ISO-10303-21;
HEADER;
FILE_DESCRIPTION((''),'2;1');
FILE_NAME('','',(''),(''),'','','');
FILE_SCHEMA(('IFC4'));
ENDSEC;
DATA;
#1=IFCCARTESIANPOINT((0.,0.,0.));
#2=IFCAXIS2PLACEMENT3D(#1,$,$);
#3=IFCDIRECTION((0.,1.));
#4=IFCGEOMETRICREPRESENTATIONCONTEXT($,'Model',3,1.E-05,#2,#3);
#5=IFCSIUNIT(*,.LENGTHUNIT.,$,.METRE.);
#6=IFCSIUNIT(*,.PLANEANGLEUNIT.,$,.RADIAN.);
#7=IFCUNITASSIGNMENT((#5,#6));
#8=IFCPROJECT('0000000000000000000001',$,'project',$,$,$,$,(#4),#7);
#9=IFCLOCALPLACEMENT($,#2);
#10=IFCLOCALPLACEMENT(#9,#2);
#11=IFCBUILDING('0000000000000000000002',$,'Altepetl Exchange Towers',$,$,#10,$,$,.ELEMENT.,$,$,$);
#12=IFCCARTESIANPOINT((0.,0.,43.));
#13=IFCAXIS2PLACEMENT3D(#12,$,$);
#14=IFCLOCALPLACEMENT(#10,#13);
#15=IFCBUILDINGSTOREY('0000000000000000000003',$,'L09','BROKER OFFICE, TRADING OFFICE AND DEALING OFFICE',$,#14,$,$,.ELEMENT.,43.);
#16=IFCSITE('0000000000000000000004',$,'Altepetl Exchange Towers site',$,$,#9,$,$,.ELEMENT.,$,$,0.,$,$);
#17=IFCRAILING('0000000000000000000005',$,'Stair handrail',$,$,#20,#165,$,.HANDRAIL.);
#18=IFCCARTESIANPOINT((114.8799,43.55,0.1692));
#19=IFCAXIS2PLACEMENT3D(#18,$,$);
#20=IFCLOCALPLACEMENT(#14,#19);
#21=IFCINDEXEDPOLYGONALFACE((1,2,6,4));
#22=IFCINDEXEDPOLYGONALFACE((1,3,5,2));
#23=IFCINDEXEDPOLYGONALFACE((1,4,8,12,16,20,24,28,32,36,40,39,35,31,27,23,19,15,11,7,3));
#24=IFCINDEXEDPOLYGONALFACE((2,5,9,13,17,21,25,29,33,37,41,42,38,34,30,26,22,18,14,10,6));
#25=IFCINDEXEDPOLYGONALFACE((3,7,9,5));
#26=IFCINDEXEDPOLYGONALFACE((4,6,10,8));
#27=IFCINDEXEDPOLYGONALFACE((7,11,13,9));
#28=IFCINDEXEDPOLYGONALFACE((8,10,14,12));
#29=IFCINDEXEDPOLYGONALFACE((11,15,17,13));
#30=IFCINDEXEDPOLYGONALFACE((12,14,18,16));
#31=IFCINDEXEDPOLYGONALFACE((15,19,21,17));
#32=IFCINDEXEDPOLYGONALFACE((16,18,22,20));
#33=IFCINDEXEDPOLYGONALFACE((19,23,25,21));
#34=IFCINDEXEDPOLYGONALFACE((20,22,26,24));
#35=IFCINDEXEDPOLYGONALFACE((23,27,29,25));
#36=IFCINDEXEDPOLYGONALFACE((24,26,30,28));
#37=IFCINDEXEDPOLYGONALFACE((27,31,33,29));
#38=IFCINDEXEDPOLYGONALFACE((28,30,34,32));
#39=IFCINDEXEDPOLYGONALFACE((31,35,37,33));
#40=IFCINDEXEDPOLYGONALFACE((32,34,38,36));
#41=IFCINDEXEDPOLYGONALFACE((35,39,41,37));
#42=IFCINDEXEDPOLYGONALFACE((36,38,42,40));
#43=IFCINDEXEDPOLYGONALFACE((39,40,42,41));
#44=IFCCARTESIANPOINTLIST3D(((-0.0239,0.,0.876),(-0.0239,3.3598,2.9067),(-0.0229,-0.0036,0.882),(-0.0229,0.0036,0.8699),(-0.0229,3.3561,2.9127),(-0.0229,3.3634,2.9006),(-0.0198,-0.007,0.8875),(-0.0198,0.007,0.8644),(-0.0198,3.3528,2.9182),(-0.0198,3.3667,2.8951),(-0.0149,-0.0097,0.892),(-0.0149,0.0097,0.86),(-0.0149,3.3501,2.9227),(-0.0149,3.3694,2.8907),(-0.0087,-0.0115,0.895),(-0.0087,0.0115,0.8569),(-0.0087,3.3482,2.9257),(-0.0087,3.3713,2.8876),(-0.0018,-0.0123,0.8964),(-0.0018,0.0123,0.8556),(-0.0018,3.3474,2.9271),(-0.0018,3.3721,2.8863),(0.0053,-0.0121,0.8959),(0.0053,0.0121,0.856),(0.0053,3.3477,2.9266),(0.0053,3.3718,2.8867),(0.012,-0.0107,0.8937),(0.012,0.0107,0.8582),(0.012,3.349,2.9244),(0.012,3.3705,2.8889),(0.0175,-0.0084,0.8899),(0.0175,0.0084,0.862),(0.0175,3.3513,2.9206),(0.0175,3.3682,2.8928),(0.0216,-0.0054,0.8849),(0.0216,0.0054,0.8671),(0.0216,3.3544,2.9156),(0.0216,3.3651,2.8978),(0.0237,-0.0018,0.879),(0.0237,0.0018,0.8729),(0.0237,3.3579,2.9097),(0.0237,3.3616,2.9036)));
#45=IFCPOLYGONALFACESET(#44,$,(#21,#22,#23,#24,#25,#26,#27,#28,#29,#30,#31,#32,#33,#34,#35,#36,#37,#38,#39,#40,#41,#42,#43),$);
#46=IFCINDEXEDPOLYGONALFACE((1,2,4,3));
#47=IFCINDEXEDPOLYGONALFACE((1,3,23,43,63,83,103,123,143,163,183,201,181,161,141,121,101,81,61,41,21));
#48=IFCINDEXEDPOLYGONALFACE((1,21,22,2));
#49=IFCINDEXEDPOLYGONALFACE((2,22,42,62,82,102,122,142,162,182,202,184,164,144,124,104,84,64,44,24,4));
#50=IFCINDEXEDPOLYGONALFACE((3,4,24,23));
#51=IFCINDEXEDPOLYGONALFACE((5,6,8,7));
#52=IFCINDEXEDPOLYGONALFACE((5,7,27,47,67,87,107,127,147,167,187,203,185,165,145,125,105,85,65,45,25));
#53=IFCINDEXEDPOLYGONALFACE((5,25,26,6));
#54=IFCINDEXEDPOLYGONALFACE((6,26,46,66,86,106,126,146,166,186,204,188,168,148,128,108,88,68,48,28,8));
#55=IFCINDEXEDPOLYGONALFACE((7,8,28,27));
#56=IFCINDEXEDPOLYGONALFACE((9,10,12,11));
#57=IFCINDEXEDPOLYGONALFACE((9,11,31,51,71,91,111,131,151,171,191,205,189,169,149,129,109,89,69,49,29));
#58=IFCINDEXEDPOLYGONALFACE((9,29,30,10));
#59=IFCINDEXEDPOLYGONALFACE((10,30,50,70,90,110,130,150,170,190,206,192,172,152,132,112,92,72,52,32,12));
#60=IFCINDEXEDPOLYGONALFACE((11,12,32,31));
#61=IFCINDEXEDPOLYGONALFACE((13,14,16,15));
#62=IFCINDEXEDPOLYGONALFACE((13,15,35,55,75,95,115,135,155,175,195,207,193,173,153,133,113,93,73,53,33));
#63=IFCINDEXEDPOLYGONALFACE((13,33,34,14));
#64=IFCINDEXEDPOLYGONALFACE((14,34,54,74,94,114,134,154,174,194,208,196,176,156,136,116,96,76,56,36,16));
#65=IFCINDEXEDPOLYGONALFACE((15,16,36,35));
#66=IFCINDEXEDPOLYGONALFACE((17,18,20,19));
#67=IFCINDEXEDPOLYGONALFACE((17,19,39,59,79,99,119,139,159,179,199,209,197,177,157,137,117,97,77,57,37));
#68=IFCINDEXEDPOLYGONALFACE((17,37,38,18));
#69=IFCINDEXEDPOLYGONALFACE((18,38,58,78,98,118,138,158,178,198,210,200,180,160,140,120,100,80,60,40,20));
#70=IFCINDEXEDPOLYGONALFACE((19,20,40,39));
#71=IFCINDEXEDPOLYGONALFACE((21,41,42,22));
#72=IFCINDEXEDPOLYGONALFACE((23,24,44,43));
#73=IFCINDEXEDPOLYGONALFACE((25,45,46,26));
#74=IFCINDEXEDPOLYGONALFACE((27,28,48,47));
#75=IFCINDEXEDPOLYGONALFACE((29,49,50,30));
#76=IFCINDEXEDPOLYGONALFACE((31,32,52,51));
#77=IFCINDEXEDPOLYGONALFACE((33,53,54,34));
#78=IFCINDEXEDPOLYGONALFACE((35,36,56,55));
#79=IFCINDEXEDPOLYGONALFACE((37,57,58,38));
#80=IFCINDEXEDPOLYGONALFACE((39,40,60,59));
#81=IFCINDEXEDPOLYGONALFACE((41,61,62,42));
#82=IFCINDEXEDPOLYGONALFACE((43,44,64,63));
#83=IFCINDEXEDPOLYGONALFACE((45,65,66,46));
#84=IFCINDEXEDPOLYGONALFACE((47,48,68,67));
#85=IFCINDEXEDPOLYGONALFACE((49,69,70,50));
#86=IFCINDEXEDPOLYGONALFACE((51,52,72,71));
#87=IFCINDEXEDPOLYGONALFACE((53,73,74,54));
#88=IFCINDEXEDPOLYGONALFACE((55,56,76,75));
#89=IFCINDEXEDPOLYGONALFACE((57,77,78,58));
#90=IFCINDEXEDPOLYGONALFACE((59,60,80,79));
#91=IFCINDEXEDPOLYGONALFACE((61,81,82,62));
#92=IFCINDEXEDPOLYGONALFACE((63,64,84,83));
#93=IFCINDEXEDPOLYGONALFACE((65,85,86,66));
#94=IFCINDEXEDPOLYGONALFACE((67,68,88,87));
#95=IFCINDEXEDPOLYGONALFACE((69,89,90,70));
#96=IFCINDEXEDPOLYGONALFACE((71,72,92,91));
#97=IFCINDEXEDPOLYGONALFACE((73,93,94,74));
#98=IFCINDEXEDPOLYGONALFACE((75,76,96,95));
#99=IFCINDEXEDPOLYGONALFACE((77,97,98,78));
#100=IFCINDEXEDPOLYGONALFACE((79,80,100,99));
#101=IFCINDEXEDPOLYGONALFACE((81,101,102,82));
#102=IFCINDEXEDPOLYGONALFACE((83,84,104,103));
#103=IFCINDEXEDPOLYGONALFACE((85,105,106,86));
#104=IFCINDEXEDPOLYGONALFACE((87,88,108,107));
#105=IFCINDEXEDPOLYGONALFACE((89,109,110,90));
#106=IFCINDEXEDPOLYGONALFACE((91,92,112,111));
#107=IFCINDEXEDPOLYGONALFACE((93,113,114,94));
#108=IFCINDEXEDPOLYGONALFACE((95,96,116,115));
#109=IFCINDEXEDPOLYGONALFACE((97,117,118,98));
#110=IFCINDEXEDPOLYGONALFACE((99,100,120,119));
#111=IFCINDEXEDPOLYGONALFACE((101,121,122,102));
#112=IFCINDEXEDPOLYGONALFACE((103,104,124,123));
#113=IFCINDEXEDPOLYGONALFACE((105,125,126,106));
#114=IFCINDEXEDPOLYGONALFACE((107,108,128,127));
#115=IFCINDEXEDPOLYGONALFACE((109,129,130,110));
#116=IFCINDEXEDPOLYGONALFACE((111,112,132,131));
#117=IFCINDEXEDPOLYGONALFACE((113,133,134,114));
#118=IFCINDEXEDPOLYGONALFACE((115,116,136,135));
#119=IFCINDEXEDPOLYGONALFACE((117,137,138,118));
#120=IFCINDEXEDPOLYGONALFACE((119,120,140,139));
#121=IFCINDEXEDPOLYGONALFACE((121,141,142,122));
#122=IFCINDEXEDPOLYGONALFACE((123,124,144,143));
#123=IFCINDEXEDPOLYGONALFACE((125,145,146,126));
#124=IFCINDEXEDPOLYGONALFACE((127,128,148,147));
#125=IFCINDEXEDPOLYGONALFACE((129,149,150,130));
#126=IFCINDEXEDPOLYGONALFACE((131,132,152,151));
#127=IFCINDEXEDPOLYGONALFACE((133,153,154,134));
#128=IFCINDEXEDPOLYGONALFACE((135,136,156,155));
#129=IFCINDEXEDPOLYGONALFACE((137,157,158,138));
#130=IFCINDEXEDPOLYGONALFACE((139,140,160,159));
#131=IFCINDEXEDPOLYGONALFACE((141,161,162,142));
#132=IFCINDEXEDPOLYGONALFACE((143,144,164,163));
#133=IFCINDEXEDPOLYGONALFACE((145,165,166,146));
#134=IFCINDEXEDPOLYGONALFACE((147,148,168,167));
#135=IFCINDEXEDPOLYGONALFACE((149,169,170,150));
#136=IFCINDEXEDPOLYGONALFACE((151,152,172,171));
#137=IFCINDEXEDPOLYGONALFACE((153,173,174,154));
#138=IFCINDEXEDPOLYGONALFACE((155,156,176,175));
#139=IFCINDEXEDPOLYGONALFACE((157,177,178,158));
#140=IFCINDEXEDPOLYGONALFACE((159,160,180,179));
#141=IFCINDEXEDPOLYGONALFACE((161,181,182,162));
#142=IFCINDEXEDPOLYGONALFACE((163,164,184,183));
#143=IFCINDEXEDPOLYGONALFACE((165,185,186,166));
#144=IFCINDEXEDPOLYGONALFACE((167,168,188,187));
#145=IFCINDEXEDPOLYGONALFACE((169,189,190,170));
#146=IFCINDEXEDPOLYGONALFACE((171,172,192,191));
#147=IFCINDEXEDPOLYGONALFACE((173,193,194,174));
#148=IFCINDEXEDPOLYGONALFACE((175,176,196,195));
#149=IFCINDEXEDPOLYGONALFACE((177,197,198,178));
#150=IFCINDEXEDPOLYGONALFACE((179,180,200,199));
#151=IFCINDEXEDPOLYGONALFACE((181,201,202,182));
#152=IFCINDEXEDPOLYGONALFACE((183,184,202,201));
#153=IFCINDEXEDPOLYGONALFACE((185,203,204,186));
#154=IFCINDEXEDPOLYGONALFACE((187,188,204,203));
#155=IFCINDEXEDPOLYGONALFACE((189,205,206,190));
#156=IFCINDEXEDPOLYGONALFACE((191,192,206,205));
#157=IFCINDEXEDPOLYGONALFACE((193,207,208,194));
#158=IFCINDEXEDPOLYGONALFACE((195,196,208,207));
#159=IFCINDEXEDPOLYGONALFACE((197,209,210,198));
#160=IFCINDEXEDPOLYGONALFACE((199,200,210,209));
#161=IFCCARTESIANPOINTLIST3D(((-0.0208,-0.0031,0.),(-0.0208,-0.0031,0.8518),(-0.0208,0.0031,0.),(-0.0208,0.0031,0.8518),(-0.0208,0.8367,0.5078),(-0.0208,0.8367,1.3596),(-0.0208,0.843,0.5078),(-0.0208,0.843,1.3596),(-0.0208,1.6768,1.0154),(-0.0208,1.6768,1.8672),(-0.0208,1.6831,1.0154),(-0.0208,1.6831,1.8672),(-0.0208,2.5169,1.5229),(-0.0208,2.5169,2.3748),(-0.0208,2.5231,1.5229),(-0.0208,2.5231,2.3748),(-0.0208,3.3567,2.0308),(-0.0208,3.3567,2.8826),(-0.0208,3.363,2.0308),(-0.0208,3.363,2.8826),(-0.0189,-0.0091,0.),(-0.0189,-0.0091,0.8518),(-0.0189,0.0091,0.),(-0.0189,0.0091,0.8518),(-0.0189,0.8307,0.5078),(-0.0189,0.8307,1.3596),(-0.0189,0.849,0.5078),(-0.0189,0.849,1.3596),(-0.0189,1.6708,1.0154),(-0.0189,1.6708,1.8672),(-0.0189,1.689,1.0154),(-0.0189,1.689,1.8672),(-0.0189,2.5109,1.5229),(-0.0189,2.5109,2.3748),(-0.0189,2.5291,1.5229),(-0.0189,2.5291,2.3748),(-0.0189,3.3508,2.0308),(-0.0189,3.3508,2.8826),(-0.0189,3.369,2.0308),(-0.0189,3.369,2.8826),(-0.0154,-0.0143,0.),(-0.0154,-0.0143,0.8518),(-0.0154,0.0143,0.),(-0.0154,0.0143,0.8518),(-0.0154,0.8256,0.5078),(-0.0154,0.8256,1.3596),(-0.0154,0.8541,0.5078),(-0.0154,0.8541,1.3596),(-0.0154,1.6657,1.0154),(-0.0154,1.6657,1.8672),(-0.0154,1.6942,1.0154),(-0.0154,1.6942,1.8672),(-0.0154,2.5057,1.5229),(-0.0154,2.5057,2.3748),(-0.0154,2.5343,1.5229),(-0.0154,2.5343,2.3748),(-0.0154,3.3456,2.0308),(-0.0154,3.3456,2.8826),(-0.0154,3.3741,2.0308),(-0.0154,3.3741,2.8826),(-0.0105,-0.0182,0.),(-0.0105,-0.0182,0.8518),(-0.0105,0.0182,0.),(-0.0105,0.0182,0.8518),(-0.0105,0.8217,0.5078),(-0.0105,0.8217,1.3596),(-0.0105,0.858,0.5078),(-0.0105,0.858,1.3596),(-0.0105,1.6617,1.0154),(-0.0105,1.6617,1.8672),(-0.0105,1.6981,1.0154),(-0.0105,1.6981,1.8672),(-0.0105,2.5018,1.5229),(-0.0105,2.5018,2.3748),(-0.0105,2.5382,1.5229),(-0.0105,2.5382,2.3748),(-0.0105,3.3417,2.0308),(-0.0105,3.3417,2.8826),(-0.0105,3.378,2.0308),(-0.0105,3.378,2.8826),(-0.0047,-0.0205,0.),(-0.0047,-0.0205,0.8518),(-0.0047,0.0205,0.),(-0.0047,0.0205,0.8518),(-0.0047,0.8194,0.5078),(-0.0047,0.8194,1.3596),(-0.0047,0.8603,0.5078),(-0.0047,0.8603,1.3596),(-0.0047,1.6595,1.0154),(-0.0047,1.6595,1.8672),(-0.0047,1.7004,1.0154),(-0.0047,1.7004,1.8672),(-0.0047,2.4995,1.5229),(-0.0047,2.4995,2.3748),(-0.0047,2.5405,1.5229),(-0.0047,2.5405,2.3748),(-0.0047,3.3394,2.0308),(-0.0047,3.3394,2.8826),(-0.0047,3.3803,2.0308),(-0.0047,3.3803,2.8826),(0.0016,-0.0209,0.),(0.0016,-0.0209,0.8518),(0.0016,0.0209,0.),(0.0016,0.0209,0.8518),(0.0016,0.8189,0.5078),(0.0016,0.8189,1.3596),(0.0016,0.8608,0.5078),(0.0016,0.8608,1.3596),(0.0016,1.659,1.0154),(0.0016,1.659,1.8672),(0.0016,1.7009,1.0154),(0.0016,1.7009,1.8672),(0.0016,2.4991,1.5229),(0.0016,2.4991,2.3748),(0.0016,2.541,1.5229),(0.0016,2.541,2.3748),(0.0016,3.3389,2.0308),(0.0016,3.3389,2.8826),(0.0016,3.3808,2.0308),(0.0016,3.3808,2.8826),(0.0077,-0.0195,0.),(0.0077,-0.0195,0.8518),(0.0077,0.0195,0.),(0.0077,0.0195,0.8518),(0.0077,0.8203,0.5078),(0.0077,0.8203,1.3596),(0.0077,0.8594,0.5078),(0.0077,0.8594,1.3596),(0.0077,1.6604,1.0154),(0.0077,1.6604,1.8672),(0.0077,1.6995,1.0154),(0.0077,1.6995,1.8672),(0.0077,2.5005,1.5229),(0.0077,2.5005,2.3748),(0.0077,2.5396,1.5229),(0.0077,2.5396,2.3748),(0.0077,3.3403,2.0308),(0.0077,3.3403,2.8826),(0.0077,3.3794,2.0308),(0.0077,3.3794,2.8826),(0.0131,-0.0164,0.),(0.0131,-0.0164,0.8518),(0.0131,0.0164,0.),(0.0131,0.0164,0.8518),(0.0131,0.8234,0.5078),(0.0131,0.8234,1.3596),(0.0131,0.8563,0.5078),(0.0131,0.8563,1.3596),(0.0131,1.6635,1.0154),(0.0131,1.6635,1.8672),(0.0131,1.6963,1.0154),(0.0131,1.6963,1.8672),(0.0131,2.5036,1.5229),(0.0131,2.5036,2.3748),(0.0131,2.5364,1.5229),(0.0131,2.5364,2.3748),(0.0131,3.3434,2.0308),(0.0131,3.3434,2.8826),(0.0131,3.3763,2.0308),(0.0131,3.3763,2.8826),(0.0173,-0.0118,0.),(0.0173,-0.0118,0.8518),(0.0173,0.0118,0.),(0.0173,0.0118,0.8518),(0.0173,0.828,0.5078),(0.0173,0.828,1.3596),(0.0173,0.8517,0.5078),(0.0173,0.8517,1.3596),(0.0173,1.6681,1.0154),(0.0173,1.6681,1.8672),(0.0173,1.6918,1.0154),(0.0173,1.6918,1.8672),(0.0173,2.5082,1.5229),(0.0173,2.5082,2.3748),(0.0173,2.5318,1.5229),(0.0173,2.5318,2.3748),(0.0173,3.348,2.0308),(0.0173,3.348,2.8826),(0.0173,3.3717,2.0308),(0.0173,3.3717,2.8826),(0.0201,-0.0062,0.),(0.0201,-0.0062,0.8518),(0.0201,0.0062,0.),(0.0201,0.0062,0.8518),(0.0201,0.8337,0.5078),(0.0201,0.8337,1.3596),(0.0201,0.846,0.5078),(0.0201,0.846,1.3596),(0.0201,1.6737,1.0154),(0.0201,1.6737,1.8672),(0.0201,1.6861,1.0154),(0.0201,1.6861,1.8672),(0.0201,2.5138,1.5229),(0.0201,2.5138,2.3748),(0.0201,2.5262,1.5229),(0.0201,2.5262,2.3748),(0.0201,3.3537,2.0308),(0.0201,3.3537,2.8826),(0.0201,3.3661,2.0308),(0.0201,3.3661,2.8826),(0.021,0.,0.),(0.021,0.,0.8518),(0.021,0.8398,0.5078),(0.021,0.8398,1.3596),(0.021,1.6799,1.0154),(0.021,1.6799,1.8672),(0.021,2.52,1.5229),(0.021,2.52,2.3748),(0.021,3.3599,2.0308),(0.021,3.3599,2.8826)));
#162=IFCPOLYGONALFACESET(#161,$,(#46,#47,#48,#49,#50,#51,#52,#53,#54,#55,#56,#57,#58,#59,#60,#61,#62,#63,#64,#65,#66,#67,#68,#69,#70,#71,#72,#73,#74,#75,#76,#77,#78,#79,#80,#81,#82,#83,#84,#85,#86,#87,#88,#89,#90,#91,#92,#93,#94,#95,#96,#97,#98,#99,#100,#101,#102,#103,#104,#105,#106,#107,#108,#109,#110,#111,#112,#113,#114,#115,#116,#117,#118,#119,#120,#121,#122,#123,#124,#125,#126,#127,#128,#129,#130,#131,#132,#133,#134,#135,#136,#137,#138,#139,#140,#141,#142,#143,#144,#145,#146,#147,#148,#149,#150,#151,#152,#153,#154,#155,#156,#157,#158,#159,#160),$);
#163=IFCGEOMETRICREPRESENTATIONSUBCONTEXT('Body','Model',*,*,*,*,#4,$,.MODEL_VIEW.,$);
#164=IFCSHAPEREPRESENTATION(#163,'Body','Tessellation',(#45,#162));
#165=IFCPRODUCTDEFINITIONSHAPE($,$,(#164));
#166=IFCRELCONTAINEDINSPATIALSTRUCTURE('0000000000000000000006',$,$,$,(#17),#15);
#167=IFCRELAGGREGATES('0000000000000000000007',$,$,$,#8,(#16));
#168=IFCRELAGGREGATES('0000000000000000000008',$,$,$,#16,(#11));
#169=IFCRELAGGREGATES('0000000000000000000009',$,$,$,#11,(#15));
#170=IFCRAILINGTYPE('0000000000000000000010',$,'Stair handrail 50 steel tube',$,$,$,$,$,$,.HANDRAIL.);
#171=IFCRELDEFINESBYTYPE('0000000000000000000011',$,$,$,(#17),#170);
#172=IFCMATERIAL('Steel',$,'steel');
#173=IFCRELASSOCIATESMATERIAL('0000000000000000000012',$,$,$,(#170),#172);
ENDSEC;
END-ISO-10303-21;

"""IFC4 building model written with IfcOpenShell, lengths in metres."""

from ifc_helpers import new_model, si_unit, direction, frame, origin, origin_2d, place, context, subcontext, project, spatial, circle, extrude, source, transform, mapped, material, type_object, element, save


model = new_model("IFC4")

# Units and contexts
model_context = context("Model", 3, precision=1e-05, world=origin(), true_north=direction((0.0, 1.0)))
body_context = subcontext(model_context, "Body", "Model", "MODEL_VIEW")
ifc_project = project(units=[si_unit("LENGTHUNIT", "METRE"), si_unit("PLANEANGLEUNIT", "RADIAN")], contexts=[model_context])

# Site, building, storey
site_placement = place(None, origin())
site = spatial("IfcSite", under=ifc_project, at=site_placement, Name="Altepetl Exchange Towers site", CompositionType="ELEMENT", RefElevation=0.0)
building_placement = place(site_placement, origin())
building = spatial("IfcBuilding", under=site, at=building_placement, Name="Altepetl Exchange Towers", CompositionType="ELEMENT")
storey_placement = place(building_placement, frame((0.0, 0.0, 43.0)))
storey = spatial("IfcBuildingStorey", under=building, at=storey_placement, Name="L09", Description="BROKER OFFICE, TRADING OFFICE AND DEALING OFFICE", CompositionType="ELEMENT", Elevation=43.0)

# Railing
ifc_material_1 = material(Name="Steel", Category="steel")
railing_type = type_object("IfcRailingType", Name="Stair handrail 50 steel tube", PredefinedType="HANDRAIL", material=ifc_material_1)
shared_shape = source(origin(), body_context, "Body", "SweptSolid", [
    extrude(circle(Radius=0.021, at=origin_2d()), origin(), (0.0, 0.0, 1.0), 0.8518),
])
railing_1_placement = place(storey_placement, frame((114.8799, 43.55, 0.1692)))
element("IfcRailing", 1, at=railing_1_placement, inside=storey, type_object=railing_type, Name="Stair handrail", PredefinedType="HANDRAIL", context=body_context, shape_type="SweptSolid", body=[
    extrude(circle(Radius=0.0239, at=origin_2d()), frame((0.0, 0.0, 0.876), z_axis=(0.0, 0.85582, 0.517273), x_axis=(-1.0, 0.0, 0.0)), (0.0, 0.0, 1.0), 3.9258),
    mapped(shared_shape, transform((0.0, 0.0, 0.0))),
    mapped(shared_shape, transform((0.0, 0.8398, 0.5078))),
    mapped(shared_shape, transform((0.0, 1.6799, 1.0154))),
    mapped(shared_shape, transform((0.0, 2.52, 1.5229))),
    mapped(shared_shape, transform((0.0, 3.3599, 2.0308))),
])

save(model, "model.ifc")
